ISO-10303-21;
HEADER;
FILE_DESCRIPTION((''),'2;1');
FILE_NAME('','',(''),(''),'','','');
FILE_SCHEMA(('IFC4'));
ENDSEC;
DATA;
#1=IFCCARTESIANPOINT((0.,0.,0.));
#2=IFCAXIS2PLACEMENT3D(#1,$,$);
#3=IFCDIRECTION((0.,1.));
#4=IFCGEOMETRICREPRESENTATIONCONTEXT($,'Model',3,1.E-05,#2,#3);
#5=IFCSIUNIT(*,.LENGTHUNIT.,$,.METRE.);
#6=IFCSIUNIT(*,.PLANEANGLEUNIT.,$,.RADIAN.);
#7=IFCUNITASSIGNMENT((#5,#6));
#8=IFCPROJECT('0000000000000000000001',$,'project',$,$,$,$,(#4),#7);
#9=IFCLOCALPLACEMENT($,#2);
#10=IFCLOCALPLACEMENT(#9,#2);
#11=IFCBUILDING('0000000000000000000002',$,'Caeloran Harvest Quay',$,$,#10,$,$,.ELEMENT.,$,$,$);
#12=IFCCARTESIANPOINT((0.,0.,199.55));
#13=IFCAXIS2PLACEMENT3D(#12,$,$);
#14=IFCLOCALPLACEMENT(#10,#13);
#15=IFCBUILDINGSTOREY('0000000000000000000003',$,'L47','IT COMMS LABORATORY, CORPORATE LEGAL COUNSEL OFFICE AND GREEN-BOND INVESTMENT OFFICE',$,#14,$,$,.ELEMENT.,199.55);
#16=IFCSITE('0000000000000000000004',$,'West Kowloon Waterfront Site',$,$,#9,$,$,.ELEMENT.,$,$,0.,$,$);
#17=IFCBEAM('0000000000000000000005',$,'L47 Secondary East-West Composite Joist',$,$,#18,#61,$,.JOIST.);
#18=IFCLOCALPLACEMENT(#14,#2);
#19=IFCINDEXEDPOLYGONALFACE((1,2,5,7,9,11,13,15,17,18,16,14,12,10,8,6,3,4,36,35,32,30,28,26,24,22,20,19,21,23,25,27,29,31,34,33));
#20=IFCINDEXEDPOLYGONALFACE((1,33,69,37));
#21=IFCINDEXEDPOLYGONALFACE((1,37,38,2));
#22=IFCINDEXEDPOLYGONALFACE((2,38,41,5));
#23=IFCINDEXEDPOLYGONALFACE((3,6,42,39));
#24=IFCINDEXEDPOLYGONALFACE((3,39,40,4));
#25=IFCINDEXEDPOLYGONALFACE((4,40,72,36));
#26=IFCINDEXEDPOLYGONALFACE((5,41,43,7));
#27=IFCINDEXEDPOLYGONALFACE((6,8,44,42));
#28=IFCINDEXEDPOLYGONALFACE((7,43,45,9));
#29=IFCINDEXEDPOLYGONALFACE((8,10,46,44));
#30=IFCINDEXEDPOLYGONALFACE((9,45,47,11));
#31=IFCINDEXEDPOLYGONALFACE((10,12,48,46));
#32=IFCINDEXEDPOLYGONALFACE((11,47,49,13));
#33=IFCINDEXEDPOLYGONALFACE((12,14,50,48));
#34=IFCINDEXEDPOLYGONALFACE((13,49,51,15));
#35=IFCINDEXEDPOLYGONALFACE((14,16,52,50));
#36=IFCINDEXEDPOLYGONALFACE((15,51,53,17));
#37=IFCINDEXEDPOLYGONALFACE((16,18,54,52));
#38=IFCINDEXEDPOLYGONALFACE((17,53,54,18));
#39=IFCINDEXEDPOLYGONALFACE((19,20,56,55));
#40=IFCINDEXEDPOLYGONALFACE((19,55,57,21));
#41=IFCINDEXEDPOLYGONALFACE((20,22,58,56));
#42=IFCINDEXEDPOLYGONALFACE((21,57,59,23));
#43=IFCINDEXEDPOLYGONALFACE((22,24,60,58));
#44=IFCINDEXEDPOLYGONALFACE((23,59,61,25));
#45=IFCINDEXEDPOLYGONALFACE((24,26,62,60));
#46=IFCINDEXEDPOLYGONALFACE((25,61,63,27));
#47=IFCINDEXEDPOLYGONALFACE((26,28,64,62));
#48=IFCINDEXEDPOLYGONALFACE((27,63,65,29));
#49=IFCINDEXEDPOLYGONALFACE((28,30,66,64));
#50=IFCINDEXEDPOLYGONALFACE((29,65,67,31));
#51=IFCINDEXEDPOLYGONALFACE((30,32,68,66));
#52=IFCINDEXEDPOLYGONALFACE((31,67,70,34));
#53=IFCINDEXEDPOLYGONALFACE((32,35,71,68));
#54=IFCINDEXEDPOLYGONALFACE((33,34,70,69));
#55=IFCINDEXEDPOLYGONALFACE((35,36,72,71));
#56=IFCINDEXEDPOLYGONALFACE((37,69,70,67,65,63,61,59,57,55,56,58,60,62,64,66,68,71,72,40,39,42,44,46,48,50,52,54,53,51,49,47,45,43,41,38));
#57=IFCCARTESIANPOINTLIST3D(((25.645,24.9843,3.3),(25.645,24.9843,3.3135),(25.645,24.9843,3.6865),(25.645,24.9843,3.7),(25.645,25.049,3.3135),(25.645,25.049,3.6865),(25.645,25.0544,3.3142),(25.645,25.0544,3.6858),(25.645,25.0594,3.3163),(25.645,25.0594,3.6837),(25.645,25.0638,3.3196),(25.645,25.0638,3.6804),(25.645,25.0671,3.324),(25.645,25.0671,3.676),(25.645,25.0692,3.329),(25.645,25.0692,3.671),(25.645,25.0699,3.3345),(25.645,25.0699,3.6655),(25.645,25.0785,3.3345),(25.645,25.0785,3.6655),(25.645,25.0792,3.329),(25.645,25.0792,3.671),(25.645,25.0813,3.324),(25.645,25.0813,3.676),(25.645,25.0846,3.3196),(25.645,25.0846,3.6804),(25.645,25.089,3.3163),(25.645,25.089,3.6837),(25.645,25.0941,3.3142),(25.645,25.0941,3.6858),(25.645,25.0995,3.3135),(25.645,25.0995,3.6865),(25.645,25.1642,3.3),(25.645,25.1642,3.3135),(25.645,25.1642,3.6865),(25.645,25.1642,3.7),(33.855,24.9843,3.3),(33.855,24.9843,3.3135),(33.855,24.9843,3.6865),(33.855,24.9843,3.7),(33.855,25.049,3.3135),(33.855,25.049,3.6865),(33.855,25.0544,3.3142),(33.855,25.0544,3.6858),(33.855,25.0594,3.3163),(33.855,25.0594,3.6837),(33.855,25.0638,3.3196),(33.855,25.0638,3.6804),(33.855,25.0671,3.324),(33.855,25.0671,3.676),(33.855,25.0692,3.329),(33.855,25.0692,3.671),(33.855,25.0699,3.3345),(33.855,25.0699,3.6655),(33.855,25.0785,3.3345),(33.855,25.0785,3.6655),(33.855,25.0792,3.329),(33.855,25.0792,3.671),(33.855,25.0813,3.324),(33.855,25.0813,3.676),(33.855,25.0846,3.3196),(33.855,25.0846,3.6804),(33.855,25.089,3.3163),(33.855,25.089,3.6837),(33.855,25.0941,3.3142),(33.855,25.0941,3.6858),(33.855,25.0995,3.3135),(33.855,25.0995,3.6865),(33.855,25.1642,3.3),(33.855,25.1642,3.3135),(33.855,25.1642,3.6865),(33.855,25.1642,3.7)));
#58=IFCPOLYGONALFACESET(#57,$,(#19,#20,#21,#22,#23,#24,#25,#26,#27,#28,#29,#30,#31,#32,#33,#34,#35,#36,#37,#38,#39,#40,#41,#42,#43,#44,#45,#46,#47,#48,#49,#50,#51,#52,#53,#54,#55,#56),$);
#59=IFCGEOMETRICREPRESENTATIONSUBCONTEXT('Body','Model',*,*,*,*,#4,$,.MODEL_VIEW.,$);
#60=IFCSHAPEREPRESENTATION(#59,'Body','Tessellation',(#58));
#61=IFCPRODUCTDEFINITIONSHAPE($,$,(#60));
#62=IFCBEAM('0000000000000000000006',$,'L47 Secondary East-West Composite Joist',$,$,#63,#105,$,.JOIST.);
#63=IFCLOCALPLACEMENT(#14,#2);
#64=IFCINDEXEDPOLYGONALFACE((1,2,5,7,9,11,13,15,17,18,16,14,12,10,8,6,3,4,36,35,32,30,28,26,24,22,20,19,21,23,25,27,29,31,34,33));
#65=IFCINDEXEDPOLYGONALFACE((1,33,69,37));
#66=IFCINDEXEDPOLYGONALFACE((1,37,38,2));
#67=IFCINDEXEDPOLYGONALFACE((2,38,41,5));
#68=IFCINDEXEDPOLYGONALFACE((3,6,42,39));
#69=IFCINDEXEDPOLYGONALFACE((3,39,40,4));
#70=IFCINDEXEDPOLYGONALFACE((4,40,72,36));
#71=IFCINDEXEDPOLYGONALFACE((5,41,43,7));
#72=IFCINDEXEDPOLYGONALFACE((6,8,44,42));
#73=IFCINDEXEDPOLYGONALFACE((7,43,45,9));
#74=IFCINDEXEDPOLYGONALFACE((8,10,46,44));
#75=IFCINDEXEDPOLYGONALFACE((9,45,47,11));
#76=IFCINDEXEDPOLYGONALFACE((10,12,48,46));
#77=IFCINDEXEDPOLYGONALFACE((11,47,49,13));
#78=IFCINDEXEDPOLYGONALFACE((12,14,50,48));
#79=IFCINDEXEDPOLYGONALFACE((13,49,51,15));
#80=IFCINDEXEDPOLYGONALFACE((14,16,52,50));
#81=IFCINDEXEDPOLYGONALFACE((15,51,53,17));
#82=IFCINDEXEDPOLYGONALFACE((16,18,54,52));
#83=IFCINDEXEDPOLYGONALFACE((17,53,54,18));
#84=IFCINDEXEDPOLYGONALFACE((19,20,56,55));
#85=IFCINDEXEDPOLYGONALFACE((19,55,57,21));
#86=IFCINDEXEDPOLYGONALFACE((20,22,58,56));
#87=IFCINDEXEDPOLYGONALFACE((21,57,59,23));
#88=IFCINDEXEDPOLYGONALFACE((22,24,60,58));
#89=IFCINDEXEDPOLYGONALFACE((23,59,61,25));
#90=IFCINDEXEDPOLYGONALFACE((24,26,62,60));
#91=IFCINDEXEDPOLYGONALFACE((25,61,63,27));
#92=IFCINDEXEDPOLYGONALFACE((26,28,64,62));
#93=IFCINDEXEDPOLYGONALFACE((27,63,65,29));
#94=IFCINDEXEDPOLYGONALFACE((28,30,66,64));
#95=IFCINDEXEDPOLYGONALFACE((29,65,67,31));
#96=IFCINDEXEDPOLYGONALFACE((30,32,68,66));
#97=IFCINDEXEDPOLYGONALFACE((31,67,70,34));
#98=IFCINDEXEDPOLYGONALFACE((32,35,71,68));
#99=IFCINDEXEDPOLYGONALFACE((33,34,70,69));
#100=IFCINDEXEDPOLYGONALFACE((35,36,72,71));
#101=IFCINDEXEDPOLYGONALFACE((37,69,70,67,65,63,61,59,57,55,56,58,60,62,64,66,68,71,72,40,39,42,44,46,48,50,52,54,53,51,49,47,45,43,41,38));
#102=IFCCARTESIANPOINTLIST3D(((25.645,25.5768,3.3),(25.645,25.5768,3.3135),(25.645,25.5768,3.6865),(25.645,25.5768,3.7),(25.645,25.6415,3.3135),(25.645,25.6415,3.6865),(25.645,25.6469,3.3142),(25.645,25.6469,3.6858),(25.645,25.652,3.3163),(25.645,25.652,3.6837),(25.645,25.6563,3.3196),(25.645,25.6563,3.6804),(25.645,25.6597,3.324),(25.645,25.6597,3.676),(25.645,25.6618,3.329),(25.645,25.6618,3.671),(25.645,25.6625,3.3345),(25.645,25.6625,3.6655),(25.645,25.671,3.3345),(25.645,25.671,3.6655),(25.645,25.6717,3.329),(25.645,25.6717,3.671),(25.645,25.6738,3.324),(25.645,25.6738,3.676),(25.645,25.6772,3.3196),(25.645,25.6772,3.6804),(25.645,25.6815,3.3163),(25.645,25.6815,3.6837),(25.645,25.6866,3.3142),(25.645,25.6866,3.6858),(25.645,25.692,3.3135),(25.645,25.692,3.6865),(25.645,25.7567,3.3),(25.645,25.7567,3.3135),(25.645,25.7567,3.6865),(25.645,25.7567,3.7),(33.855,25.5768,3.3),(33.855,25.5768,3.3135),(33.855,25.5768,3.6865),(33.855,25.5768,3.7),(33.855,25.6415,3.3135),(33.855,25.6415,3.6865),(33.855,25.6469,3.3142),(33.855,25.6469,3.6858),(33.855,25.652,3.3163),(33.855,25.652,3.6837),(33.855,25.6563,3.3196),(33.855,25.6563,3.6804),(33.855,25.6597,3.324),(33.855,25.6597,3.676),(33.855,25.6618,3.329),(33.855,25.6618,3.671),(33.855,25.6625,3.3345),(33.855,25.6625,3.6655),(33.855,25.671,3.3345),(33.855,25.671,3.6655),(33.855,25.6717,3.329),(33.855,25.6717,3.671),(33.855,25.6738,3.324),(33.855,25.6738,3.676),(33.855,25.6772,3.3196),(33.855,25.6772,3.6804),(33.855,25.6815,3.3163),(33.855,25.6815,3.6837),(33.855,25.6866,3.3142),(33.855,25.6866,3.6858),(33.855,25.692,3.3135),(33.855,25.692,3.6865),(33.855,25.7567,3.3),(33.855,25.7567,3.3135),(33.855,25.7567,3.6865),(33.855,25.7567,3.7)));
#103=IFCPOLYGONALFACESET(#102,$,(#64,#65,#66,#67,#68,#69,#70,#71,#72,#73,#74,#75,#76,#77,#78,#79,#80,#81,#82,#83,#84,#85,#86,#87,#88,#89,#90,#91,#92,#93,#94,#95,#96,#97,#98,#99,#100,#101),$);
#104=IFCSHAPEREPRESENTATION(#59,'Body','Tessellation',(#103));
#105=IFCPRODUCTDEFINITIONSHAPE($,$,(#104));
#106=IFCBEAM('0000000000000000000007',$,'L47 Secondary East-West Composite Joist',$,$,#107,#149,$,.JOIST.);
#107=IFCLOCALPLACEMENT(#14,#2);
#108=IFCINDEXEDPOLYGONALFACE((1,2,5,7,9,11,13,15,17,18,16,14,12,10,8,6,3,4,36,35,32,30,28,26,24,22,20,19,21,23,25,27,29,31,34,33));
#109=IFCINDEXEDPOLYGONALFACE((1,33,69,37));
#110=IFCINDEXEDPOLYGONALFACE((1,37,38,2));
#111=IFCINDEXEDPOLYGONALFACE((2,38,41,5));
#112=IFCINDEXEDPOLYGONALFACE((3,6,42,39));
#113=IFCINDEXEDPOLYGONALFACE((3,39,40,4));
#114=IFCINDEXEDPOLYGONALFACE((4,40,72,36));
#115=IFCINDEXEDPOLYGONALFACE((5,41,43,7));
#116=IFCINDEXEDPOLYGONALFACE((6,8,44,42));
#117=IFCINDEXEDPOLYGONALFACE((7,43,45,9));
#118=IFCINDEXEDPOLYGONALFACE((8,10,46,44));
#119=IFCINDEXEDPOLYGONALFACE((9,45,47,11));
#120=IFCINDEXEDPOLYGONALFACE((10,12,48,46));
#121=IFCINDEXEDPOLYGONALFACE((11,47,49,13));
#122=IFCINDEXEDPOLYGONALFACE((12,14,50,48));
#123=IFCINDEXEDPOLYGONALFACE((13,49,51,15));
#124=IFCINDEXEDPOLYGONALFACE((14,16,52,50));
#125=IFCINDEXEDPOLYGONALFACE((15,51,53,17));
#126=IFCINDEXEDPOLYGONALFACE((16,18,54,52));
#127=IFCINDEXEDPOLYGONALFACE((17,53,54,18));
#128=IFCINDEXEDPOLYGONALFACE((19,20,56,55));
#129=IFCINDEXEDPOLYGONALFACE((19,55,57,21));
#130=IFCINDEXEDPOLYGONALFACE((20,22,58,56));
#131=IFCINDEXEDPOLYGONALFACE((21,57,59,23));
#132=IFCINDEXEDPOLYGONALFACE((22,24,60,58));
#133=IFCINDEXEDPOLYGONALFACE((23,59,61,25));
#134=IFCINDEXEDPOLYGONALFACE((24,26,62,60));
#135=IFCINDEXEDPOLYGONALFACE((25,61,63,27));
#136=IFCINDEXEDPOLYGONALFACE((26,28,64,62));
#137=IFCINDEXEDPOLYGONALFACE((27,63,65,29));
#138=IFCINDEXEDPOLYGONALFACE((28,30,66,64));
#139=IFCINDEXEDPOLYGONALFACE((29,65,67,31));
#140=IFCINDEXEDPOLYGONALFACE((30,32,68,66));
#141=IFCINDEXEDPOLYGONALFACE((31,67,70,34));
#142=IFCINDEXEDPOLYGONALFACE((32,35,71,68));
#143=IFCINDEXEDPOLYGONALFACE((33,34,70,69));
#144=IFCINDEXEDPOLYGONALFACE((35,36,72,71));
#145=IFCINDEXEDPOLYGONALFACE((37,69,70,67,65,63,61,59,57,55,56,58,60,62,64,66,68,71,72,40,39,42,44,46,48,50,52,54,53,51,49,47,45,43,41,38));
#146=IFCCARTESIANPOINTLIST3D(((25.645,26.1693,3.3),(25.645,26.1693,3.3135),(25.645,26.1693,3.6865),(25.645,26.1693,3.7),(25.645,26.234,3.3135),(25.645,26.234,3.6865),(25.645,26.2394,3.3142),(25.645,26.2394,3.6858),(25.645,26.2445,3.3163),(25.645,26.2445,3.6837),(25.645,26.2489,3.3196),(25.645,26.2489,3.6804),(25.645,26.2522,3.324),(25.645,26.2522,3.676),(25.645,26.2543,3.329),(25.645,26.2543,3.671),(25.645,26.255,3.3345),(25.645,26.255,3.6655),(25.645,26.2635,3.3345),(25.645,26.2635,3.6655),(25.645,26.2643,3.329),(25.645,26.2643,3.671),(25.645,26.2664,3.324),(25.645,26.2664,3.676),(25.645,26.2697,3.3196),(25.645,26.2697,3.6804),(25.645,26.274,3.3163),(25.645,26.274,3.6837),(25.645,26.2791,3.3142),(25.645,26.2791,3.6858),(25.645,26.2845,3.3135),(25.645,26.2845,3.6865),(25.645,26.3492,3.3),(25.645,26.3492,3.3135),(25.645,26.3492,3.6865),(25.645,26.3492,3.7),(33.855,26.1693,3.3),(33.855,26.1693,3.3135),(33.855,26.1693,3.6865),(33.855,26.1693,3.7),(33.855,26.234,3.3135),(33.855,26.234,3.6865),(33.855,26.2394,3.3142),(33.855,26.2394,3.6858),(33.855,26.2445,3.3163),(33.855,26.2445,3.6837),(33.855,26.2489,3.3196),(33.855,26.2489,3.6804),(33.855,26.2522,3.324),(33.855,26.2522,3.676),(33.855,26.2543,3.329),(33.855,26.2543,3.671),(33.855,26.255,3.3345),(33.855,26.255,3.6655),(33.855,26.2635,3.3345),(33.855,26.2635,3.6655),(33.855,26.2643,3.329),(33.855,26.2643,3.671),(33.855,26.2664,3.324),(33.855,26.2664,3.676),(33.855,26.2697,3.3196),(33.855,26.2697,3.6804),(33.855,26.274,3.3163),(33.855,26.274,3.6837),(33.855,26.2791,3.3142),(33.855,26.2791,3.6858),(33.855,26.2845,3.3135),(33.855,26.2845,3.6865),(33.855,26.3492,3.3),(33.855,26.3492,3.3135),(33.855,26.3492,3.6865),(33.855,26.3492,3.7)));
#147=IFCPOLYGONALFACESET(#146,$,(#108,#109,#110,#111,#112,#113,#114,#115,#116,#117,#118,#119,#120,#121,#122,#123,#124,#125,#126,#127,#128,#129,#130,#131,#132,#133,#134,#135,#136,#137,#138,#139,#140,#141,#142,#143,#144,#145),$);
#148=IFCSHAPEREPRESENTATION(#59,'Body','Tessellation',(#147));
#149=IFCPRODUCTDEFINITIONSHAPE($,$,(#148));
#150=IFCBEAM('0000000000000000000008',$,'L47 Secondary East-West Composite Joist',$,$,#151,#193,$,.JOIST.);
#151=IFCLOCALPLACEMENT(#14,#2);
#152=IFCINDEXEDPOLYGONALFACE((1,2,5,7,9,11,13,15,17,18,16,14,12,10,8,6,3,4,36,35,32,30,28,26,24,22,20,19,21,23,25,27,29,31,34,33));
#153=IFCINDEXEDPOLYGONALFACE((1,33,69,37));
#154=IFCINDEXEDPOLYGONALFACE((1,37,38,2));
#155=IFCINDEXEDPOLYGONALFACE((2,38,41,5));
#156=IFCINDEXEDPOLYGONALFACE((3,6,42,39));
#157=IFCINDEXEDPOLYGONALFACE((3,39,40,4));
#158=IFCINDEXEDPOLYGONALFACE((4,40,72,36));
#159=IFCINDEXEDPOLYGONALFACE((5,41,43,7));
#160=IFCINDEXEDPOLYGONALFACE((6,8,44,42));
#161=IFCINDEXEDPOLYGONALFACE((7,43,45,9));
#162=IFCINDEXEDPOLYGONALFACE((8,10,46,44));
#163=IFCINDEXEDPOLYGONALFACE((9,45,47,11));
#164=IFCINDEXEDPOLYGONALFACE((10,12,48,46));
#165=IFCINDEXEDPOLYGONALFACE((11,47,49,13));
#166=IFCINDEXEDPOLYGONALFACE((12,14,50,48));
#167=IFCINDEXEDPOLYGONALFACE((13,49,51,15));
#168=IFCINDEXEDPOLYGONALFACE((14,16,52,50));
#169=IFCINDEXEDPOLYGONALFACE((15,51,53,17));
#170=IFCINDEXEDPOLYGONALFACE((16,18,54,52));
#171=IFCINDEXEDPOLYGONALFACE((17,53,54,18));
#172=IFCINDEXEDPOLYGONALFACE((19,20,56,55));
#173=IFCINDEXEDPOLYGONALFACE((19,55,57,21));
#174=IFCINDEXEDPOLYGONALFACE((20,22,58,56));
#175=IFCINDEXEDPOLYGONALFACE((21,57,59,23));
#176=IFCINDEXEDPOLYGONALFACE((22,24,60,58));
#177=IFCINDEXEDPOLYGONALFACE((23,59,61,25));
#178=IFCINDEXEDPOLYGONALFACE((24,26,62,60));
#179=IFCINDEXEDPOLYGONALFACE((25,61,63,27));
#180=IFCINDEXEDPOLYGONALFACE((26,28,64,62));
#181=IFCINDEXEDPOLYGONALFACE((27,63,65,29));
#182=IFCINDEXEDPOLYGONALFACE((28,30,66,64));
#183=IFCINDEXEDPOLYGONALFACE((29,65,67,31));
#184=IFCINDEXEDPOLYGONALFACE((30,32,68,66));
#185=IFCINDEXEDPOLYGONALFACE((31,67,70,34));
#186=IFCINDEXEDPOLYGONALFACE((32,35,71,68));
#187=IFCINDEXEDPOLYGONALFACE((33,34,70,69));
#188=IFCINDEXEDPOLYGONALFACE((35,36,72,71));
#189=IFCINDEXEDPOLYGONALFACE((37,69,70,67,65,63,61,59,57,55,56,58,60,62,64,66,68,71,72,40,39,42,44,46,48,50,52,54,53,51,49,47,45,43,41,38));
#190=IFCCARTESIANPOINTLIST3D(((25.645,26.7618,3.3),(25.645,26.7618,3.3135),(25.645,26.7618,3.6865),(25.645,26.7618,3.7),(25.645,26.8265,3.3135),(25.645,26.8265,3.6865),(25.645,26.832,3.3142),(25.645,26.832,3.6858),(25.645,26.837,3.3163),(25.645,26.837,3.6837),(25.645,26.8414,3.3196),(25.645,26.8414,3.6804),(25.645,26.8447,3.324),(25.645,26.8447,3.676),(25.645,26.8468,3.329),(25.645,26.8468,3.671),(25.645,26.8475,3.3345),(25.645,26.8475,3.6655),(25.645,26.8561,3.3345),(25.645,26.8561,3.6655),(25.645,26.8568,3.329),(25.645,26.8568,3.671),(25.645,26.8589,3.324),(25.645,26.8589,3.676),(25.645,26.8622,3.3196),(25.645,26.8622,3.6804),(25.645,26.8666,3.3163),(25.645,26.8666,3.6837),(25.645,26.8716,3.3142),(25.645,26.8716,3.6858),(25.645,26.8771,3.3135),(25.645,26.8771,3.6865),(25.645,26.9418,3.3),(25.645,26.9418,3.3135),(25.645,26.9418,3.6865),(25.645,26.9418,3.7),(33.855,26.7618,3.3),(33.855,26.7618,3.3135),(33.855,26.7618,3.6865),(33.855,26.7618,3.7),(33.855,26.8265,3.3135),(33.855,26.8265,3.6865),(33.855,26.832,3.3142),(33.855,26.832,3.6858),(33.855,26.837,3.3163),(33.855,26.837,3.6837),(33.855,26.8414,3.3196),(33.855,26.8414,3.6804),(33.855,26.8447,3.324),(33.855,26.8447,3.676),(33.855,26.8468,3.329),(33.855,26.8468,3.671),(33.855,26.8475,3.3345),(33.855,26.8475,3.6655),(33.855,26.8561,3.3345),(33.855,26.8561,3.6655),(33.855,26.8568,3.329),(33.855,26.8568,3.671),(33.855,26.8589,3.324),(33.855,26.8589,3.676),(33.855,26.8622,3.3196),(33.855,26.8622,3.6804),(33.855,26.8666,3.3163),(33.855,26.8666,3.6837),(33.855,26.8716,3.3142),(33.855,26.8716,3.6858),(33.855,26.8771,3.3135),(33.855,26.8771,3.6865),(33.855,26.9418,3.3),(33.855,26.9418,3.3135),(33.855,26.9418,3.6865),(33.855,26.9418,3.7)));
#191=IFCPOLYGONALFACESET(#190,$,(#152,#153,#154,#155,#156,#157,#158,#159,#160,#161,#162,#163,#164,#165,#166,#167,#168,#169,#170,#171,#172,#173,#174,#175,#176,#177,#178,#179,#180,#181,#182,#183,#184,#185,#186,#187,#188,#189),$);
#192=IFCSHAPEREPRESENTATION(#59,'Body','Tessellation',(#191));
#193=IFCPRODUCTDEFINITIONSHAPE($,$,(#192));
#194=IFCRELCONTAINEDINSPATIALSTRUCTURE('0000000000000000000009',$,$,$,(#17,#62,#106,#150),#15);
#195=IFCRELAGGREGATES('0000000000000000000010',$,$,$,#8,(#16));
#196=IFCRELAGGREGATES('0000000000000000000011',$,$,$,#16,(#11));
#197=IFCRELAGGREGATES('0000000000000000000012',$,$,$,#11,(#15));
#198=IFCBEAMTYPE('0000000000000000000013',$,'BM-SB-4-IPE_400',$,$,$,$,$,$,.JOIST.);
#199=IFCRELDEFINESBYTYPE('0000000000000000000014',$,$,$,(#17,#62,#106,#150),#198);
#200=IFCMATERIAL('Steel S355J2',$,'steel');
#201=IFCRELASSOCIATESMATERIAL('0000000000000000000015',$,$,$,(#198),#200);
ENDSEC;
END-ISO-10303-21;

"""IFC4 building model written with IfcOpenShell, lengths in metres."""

from ifc_helpers import new_model, si_unit, direction, frame, origin, origin_2d, place, context, subcontext, project, spatial, i_section, extrude, material, material_profile, profile_set, type_object, element, save


model = new_model("IFC4")

# Units and contexts
model_context = context("Model", 3, precision=1e-05, world=origin(), true_north=direction((0.0, 1.0)))
body_context = subcontext(model_context, "Body", "Model", "MODEL_VIEW")
ifc_project = project(units=[si_unit("LENGTHUNIT", "METRE"), si_unit("PLANEANGLEUNIT", "RADIAN")], contexts=[model_context])

# Site, building, storey
site_placement = place(None, origin())
site = spatial("IfcSite", under=ifc_project, at=site_placement, Name="West Kowloon Waterfront Site", CompositionType="ELEMENT", RefElevation=0.0)
building_placement = place(site_placement, origin())
building = spatial("IfcBuilding", under=site, at=building_placement, Name="Caeloran Harvest Quay", CompositionType="ELEMENT")
storey_placement = place(building_placement, frame((0.0, 0.0, 199.55)))
storey = spatial("IfcBuildingStorey", under=building, at=storey_placement, Name="L47", Description="IT COMMS LABORATORY, CORPORATE LEGAL COUNSEL OFFICE AND GREEN-BOND INVESTMENT OFFICE", CompositionType="ELEMENT", Elevation=199.55)

# Beams
ifc_material_1 = material(Name="Steel S355J2", Category="steel")
ifc_material_profile_1 = material_profile(ifc_material_1, i_section(OverallWidth=0.1799, OverallDepth=0.3999, WebThickness=0.0085, FlangeThickness=0.0134, FilletRadius=0.021, at=origin_2d()), Name="IPE 400")
ifc_profile_set_1 = profile_set([ifc_material_profile_1], Name="Steel S355J2")
beam_type_1 = type_object("IfcBeamType", Name="BM-SB-4-IPE_400", PredefinedType="JOIST", material=ifc_profile_set_1)
for number, where, z_axis, x_axis, name in (
    (1, (25.645, 25.0742, 3.5), (1.0, 0.0, 0.0), (0.0, 1.0, 0.0), "L47 Secondary East-West Composite Joist"),
    (2, (25.645, 25.6667, 3.5), (1.0, 0.0, 0.0), (0.0, 1.0, 0.0), "L47 Secondary East-West Composite Joist"),
    (3, (25.645, 26.2593, 3.5), (1.0, 0.0, 0.0), (0.0, 1.0, 0.0), "L47 Secondary East-West Composite Joist"),
    (4, (25.645, 26.8518, 3.5), (1.0, 0.0, 0.0), (0.0, 1.0, 0.0), "L47 Secondary East-West Composite Joist"),
):
    element("IfcBeam", number, at=place(storey_placement, frame(where, z_axis=z_axis, x_axis=x_axis)), inside=storey, type_object=beam_type_1, Name=name, PredefinedType="JOIST", context=body_context, shape_type="SweptSolid", body=[
        extrude(i_section(OverallWidth=0.1799, OverallDepth=0.3999, WebThickness=0.0085, FlangeThickness=0.0134, FilletRadius=0.021, at=origin_2d()), origin(), (0.0, 0.0, 1.0), 8.21),
    ])

save(model, "model.ifc")
